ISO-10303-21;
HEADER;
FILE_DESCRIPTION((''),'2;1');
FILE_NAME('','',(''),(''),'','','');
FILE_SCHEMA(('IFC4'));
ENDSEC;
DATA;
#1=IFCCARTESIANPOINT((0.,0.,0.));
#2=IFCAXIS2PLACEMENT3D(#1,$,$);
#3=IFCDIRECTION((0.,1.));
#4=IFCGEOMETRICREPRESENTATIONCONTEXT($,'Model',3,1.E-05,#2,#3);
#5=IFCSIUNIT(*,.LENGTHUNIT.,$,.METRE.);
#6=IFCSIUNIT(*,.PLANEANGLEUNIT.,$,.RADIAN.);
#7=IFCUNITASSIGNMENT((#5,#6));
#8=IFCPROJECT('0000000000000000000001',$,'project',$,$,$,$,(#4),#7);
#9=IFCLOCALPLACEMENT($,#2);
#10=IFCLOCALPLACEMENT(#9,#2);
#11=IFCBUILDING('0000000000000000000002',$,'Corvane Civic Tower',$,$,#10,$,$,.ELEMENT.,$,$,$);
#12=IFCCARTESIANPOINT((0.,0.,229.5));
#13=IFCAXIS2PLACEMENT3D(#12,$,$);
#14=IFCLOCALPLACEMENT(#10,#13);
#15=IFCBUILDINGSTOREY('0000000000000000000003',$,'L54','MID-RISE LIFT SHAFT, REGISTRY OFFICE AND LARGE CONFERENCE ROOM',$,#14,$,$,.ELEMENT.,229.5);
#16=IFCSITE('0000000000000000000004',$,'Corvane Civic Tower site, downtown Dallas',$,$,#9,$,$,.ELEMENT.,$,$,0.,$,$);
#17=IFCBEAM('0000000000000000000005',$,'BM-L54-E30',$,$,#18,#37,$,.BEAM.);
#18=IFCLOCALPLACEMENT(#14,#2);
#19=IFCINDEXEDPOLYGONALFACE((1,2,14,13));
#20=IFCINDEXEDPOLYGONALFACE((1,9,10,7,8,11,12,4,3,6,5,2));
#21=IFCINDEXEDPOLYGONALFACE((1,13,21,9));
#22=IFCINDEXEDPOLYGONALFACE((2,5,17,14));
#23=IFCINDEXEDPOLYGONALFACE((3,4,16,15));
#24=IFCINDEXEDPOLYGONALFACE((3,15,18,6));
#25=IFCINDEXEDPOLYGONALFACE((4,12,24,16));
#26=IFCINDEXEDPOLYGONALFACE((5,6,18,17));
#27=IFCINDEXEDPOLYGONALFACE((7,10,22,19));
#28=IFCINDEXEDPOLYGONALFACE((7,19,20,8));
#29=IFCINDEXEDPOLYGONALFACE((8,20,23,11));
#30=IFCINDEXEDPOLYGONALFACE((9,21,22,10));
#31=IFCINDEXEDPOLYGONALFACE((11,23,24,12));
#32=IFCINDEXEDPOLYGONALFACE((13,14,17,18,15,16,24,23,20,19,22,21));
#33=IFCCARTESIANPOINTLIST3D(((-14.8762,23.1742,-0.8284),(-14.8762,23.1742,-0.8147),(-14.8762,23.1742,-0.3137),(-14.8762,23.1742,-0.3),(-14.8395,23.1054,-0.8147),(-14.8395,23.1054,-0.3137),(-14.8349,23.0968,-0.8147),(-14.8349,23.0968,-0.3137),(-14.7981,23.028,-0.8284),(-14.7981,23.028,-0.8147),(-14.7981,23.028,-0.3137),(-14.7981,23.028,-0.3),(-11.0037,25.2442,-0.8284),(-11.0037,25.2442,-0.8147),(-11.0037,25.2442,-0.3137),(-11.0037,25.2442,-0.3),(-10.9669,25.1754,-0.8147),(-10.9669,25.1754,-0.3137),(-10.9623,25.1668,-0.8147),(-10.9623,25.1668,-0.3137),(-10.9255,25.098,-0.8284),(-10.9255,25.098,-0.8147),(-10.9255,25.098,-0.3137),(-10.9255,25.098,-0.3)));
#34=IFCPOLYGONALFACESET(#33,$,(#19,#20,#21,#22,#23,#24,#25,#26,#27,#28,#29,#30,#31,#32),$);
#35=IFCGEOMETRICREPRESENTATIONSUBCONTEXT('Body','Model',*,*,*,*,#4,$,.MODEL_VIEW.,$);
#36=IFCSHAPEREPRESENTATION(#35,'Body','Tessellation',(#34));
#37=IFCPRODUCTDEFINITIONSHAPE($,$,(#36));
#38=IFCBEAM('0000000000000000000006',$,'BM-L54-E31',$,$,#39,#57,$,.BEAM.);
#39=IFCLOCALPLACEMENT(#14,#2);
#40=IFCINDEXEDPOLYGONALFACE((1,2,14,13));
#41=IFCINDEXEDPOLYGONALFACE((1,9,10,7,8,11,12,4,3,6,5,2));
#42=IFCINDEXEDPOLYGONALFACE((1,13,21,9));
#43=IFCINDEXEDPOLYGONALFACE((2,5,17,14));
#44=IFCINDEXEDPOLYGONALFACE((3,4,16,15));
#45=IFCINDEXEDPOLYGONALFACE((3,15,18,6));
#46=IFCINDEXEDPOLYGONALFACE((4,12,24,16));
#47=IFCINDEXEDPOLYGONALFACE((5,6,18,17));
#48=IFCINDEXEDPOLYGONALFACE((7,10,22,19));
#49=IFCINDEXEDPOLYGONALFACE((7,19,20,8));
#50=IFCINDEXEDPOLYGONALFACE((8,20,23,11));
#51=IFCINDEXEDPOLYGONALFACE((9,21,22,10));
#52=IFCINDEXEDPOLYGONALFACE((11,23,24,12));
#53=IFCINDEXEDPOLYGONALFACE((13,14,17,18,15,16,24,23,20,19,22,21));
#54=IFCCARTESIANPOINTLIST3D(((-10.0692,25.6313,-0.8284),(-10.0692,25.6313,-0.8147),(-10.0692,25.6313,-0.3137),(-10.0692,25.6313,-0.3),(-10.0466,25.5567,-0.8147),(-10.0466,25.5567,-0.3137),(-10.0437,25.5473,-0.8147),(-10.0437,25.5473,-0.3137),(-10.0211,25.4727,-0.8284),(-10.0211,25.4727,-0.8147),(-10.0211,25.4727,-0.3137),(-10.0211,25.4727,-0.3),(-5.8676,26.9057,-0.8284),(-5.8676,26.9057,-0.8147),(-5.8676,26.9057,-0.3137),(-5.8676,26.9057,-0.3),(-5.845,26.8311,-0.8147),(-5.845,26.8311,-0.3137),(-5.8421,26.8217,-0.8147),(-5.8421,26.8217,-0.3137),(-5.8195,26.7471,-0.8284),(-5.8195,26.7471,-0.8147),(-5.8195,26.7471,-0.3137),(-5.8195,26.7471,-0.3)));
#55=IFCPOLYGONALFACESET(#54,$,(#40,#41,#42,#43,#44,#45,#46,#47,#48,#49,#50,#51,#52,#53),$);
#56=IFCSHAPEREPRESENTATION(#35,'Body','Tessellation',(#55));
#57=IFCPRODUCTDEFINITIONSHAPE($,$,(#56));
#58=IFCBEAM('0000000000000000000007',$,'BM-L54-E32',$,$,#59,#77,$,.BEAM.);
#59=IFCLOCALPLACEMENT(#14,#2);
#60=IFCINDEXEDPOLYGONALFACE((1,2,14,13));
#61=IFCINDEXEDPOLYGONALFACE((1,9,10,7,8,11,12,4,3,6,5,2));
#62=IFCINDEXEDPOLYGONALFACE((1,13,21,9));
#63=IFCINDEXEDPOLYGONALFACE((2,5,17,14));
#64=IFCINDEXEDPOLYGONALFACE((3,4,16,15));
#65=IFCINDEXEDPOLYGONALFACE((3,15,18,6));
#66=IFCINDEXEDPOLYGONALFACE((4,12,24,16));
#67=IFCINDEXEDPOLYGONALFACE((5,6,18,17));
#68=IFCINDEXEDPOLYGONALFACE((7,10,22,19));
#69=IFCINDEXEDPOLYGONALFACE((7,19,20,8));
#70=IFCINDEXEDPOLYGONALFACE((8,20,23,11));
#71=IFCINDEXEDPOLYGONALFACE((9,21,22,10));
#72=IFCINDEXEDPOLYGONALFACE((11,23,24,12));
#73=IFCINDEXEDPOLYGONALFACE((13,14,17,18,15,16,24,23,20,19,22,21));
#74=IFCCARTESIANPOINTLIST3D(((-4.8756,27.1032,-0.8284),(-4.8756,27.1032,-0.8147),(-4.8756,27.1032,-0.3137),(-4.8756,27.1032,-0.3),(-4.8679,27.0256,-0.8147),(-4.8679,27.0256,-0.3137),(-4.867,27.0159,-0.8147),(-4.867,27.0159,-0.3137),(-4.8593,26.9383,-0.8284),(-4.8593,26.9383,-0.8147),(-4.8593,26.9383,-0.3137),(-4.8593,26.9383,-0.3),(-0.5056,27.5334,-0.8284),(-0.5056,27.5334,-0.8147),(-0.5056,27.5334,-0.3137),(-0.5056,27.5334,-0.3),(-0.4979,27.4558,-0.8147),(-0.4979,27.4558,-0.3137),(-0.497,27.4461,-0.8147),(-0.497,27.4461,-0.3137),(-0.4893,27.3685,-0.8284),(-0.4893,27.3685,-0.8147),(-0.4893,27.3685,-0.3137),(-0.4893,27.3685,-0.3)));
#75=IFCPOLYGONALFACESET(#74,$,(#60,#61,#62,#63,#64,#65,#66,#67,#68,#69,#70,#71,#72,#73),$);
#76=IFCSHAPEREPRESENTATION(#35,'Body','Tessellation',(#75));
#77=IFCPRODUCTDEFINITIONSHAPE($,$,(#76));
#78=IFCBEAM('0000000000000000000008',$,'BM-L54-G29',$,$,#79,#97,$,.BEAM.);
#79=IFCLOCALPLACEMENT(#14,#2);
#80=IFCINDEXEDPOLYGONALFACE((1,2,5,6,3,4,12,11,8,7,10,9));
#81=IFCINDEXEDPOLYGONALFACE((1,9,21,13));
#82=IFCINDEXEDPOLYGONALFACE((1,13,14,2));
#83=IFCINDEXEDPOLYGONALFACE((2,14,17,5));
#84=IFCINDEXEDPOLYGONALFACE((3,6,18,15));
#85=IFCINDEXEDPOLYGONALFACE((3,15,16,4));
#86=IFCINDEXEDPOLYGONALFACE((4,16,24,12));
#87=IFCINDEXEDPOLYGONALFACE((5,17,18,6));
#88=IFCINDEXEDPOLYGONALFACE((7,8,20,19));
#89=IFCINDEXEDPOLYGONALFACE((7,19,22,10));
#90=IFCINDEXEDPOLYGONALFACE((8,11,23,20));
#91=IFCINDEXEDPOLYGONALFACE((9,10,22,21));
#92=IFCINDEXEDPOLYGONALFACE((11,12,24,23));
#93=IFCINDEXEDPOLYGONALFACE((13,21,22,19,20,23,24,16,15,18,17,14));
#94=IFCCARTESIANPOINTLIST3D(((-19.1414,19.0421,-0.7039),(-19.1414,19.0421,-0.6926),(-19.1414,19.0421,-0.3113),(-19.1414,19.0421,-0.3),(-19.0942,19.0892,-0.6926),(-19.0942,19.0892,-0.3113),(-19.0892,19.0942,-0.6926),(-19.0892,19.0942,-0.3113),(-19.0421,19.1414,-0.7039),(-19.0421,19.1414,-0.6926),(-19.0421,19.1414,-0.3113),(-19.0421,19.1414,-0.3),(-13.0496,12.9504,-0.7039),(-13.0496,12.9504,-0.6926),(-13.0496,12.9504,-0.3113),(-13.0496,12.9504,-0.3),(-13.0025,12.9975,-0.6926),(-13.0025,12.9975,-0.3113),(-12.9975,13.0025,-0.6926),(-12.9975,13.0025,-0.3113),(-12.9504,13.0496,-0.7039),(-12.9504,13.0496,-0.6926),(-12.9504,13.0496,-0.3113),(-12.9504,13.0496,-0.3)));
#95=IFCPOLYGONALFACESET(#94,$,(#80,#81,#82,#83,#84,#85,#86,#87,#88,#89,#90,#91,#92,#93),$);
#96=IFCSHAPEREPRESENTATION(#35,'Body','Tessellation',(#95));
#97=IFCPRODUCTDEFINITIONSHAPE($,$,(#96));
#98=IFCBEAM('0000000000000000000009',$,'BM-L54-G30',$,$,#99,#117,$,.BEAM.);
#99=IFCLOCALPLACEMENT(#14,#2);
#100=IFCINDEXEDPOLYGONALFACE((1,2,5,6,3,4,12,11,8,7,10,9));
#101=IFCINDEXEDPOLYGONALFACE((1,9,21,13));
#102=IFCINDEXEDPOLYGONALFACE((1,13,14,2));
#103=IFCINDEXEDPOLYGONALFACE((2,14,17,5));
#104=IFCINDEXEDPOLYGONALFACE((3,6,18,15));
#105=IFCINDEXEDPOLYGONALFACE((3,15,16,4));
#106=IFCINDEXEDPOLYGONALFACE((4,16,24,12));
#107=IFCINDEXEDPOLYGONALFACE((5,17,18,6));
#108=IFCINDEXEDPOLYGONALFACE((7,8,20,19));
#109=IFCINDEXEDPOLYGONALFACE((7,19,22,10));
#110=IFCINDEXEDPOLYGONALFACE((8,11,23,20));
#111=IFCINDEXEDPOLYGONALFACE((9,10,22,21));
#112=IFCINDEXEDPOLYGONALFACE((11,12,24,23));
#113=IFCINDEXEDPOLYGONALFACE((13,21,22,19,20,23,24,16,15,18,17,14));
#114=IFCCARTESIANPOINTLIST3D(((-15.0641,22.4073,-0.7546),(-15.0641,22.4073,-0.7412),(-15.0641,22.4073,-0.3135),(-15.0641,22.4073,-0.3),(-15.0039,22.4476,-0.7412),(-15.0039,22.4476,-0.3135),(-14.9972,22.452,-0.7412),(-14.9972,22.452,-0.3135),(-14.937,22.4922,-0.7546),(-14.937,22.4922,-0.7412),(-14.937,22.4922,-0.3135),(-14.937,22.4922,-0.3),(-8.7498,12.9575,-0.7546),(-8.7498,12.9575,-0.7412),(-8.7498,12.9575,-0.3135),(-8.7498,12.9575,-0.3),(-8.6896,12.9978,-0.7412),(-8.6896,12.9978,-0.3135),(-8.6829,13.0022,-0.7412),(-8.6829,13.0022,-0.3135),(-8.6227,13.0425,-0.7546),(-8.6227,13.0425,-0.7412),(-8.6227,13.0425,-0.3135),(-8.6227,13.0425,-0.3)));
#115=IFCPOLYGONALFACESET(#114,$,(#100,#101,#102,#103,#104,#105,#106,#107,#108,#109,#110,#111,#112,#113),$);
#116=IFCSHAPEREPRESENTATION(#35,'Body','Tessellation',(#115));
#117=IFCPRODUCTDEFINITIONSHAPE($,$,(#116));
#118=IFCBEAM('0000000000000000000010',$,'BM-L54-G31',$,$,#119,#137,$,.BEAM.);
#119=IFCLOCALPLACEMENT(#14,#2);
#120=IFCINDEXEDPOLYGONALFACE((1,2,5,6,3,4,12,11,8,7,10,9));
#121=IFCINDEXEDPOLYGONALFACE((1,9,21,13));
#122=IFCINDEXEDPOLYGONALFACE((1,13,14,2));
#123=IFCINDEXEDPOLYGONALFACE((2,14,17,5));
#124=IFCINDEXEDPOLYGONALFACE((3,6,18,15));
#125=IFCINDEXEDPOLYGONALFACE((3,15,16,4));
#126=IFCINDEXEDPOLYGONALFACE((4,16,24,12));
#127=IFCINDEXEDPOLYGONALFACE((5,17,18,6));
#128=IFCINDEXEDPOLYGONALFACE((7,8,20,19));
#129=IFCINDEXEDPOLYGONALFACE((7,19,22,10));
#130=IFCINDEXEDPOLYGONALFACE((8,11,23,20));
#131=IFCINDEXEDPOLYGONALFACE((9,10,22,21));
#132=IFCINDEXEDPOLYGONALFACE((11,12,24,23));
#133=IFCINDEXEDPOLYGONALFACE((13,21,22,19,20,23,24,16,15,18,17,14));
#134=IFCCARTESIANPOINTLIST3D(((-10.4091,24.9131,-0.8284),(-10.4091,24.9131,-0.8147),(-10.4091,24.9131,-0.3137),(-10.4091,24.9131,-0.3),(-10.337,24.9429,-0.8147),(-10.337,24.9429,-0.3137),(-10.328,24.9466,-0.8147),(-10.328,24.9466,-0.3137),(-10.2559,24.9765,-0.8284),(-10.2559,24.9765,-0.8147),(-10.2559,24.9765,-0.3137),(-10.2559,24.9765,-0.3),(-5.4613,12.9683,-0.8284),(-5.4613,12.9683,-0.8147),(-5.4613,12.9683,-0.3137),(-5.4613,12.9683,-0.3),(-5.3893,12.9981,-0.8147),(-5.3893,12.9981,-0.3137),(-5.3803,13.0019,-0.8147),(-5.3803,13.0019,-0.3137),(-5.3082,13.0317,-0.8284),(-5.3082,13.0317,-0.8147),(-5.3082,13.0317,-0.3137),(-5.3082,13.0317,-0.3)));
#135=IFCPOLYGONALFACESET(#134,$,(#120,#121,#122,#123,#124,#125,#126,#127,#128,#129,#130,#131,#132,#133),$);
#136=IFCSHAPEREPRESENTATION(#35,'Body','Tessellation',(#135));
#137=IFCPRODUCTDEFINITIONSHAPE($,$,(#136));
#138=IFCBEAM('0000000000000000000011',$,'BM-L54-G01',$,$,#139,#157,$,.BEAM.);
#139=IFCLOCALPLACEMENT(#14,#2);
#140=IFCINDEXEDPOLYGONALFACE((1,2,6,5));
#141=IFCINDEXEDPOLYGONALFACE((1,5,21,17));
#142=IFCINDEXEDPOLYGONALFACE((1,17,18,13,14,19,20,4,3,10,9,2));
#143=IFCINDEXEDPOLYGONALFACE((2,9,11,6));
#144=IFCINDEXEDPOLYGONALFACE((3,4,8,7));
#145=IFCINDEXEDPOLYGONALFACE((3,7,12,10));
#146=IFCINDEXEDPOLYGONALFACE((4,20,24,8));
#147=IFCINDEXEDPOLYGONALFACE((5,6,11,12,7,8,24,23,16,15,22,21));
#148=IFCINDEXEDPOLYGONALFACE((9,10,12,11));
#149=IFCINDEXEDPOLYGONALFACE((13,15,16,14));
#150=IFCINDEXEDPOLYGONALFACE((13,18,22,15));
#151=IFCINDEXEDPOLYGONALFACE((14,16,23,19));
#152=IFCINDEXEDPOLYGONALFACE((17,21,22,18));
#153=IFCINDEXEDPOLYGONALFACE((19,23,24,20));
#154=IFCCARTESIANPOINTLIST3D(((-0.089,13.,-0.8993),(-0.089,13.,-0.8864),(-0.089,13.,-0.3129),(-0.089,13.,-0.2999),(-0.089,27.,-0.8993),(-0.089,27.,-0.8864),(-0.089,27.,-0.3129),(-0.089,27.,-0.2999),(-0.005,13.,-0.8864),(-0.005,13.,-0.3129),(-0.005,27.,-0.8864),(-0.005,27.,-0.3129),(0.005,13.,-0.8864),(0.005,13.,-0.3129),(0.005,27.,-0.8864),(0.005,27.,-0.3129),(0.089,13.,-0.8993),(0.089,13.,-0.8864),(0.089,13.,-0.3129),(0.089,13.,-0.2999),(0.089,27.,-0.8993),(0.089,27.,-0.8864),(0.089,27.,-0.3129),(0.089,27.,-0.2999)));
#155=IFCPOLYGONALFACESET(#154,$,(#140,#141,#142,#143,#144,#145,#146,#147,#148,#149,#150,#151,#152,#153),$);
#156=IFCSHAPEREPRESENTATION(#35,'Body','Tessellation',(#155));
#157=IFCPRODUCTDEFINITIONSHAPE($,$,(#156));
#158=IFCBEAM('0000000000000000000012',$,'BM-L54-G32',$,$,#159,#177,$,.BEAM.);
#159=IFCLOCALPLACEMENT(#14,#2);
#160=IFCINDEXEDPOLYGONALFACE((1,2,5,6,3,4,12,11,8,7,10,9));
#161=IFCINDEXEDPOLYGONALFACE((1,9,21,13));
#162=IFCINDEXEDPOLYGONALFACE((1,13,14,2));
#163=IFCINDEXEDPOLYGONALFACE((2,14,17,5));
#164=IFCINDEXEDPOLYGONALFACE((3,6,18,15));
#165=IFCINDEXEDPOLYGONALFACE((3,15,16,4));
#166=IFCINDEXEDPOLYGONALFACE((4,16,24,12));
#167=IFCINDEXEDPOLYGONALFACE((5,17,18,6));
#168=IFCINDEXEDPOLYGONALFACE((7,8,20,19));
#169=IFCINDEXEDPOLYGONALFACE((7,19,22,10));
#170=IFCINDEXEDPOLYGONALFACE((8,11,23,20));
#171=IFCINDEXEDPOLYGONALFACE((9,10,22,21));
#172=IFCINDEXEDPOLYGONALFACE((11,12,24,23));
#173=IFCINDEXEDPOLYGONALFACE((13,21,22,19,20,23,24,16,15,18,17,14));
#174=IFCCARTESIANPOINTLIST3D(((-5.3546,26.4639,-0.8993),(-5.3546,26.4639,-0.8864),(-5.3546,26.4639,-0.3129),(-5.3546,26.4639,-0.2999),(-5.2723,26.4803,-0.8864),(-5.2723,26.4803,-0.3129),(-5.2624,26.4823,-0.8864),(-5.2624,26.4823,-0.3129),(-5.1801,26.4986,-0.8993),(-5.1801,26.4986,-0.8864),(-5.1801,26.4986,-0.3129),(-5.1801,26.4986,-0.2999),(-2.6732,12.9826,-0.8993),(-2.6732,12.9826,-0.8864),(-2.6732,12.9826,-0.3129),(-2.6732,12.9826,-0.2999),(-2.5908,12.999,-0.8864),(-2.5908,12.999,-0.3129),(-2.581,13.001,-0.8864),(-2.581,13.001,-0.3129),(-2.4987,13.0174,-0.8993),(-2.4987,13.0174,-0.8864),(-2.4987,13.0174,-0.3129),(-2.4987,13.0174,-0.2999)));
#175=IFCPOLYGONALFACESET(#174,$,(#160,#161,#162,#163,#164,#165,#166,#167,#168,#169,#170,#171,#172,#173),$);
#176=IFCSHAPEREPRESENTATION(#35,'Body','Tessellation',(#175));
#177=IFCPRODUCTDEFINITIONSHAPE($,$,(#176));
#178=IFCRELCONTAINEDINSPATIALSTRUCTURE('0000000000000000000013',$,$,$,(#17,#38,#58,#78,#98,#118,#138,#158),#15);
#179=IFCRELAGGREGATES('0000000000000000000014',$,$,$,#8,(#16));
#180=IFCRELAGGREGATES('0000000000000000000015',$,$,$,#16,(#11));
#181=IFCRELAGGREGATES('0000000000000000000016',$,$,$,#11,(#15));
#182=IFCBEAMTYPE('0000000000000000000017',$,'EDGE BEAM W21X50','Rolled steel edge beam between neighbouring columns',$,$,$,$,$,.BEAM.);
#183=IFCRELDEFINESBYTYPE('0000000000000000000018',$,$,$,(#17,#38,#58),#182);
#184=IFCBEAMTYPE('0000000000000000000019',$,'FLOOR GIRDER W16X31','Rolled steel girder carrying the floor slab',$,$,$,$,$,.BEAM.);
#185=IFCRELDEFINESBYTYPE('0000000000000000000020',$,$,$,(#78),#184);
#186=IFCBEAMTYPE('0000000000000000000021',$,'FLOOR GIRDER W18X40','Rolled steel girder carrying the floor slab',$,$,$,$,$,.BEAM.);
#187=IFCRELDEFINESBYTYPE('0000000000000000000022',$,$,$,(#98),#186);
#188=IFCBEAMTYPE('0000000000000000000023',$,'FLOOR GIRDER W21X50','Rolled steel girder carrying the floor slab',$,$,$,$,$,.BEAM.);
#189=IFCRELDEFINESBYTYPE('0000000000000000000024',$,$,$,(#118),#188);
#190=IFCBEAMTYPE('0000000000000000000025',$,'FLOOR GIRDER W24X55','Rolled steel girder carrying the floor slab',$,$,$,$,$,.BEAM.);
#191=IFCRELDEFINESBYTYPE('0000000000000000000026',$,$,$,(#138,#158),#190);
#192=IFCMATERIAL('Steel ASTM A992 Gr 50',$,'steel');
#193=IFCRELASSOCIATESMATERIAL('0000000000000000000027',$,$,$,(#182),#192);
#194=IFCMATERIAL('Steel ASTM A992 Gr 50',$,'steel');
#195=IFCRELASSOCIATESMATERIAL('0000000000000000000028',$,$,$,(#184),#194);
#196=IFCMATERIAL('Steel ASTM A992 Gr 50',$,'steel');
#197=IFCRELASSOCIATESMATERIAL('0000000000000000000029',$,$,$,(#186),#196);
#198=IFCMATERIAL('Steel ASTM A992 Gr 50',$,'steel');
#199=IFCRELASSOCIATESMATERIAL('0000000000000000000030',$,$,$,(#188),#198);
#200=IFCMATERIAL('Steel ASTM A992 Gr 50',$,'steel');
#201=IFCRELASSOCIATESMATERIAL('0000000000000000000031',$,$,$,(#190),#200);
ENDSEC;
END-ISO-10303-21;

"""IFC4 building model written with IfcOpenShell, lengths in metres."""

from ifc_helpers import new_model, si_unit, direction, frame, origin, origin_2d, place, context, subcontext, project, spatial, i_section, extrude, material, material_profile, profile_set, type_object, element, save


model = new_model("IFC4")

# Units and contexts
model_context = context("Model", 3, precision=1e-05, world=origin(), true_north=direction((0.0, 1.0)))
body_context = subcontext(model_context, "Body", "Model", "MODEL_VIEW")
ifc_project = project(units=[si_unit("LENGTHUNIT", "METRE"), si_unit("PLANEANGLEUNIT", "RADIAN")], contexts=[model_context])

# Site, building, storey
site_placement = place(None, origin())
site = spatial("IfcSite", under=ifc_project, at=site_placement, Name="Corvane Civic Tower site, downtown Dallas", CompositionType="ELEMENT", RefElevation=0.0)
building_placement = place(site_placement, origin())
building = spatial("IfcBuilding", under=site, at=building_placement, Name="Corvane Civic Tower", CompositionType="ELEMENT")
storey_placement = place(building_placement, frame((0.0, 0.0, 229.5)))
storey = spatial("IfcBuildingStorey", under=building, at=storey_placement, Name="L54", Description="MID-RISE LIFT SHAFT, REGISTRY OFFICE AND LARGE CONFERENCE ROOM", CompositionType="ELEMENT", Elevation=229.5)

# Beams
ifc_material_1 = material(Name="Steel ASTM A992 Gr 50", Category="steel")
ifc_material_profile_1 = material_profile(ifc_material_1, i_section(OverallWidth=0.1658, OverallDepth=0.5283, WebThickness=0.0098, FlangeThickness=0.0137, at=origin_2d()), Name="W21X50")
ifc_profile_set_1 = profile_set([ifc_material_profile_1], Name="Steel ASTM A992 Gr 50")
beam_type_1 = type_object("IfcBeamType", Name="EDGE BEAM W21X50", Description="Rolled steel edge beam between neighbouring columns", PredefinedType="BEAM", material=ifc_profile_set_1)
for number, where, z_axis, x_axis, name in (
    (1, (-14.8372, 23.1011, -0.5642), (0.881908, 0.471422, 0.0), (-0.471422, 0.881908, 0.0), "BM-L54-E30"),
):
    element("IfcBeam", number, at=place(storey_placement, frame(where, z_axis=z_axis, x_axis=x_axis)), inside=storey, type_object=beam_type_1, Name=name, PredefinedType="BEAM", context=body_context, shape_type="SweptSolid", body=[
        extrude(i_section(OverallWidth=0.1658, OverallDepth=0.5283, WebThickness=0.0098, FlangeThickness=0.0137, at=origin_2d()), origin(), (0.0, 0.0, 1.0), 4.3911),
    ])
beam_1_placement = place(storey_placement, frame((-10.0452, 25.552, -0.5642), z_axis=(0.95695, 0.290254, 0.0), x_axis=(-0.290254, 0.95695, 0.0)))
element("IfcBeam", 2, at=beam_1_placement, inside=storey, type_object=beam_type_1, Name="BM-L54-E31", PredefinedType="BEAM", context=body_context, shape_type="SweptSolid", body=[
    extrude(i_section(OverallWidth=0.1658, OverallDepth=0.5283, WebThickness=0.0098, FlangeThickness=0.0137, at=origin_2d()), origin(), (0.0, 0.0, 1.0), 4.3906),
])
beam_2_placement = place(storey_placement, frame((-4.8674, 27.0208, -0.5642), z_axis=(0.99519, 0.097968, 0.0), x_axis=(-0.097968, 0.99519, 0.0)))
element("IfcBeam", 3, at=beam_2_placement, inside=storey, type_object=beam_type_1, Name="BM-L54-E32", PredefinedType="BEAM", context=body_context, shape_type="SweptSolid", body=[
    extrude(i_section(OverallWidth=0.1658, OverallDepth=0.5283, WebThickness=0.0098, FlangeThickness=0.0137, at=origin_2d()), origin(), (0.0, 0.0, 1.0), 4.3911),
])
ifc_material_2 = material(Name="Steel ASTM A992 Gr 50", Category="steel")
ifc_material_profile_2 = material_profile(ifc_material_2, i_section(OverallWidth=0.1404, OverallDepth=0.4038, WebThickness=0.0071, FlangeThickness=0.0112, at=origin_2d()), Name="W16X31")
ifc_profile_set_2 = profile_set([ifc_material_profile_2], Name="Steel ASTM A992 Gr 50")
beam_type_2 = type_object("IfcBeamType", Name="FLOOR GIRDER W16X31", Description="Rolled steel girder carrying the floor slab", PredefinedType="BEAM", material=ifc_profile_set_2)
beam_3_placement = place(storey_placement, frame((-13.0, 13.0, -0.502), z_axis=(-0.707107, 0.707107, 0.0), x_axis=(-0.707107, -0.707107, 0.0)))
element("IfcBeam", 4, at=beam_3_placement, inside=storey, type_object=beam_type_2, Name="BM-L54-G29", PredefinedType="BEAM", context=body_context, shape_type="SweptSolid", body=[
    extrude(i_section(OverallWidth=0.1404, OverallDepth=0.4038, WebThickness=0.0071, FlangeThickness=0.0112, at=origin_2d()), origin(), (0.0, 0.0, 1.0), 8.615),
])
ifc_material_3 = material(Name="Steel ASTM A992 Gr 50", Category="steel")
ifc_material_profile_3 = material_profile(ifc_material_3, i_section(OverallWidth=0.1528, OverallDepth=0.4546, WebThickness=0.0081, FlangeThickness=0.0134, at=origin_2d()), Name="W18X40")
ifc_profile_set_3 = profile_set([ifc_material_profile_3], Name="Steel ASTM A992 Gr 50")
beam_type_3 = type_object("IfcBeamType", Name="FLOOR GIRDER W18X40", Description="Rolled steel girder carrying the floor slab", PredefinedType="BEAM", material=ifc_profile_set_3)
beam_4_placement = place(storey_placement, frame((-8.6863, 13.0, -0.5273), z_axis=(-0.555577, 0.831465, 0.0), x_axis=(-0.831465, -0.555577, 0.0)))
element("IfcBeam", 5, at=beam_4_placement, inside=storey, type_object=beam_type_3, Name="BM-L54-G30", PredefinedType="BEAM", context=body_context, shape_type="SweptSolid", body=[
    extrude(i_section(OverallWidth=0.1528, OverallDepth=0.4546, WebThickness=0.0081, FlangeThickness=0.0134, at=origin_2d()), origin(), (0.0, 0.0, 1.0), 11.3652),
])
ifc_material_4 = material(Name="Steel ASTM A992 Gr 50", Category="steel")
ifc_material_profile_4 = material_profile(ifc_material_4, i_section(OverallWidth=0.1658, OverallDepth=0.5283, WebThickness=0.0098, FlangeThickness=0.0137, at=origin_2d()), Name="W21X50")
ifc_profile_set_4 = profile_set([ifc_material_profile_4], Name="Steel ASTM A992 Gr 50")
beam_type_4 = type_object("IfcBeamType", Name="FLOOR GIRDER W21X50", Description="Rolled steel girder carrying the floor slab", PredefinedType="BEAM", material=ifc_profile_set_4)
beam_5_placement = place(storey_placement, frame((-5.3848, 13.0, -0.5642), z_axis=(-0.382686, 0.923878, 0.0), x_axis=(-0.923878, -0.382686, 0.0)))
element("IfcBeam", 6, at=beam_5_placement, inside=storey, type_object=beam_type_4, Name="BM-L54-G31", PredefinedType="BEAM", context=body_context, shape_type="SweptSolid", body=[
    extrude(i_section(OverallWidth=0.1658, OverallDepth=0.5283, WebThickness=0.0098, FlangeThickness=0.0137, at=origin_2d()), origin(), (0.0, 0.0, 1.0), 12.929),
])
ifc_material_5 = material(Name="Steel ASTM A992 Gr 50", Category="steel")
ifc_material_profile_5 = material_profile(ifc_material_5, i_section(OverallWidth=0.178, OverallDepth=0.5994, WebThickness=0.01, FlangeThickness=0.0129, at=origin_2d()), Name="W24X55")
ifc_profile_set_5 = profile_set([ifc_material_profile_5], Name="Steel ASTM A992 Gr 50")
beam_type_5 = type_object("IfcBeamType", Name="FLOOR GIRDER W24X55", Description="Rolled steel girder carrying the floor slab", PredefinedType="BEAM", material=ifc_profile_set_5)
beam_6_placement = place(storey_placement, frame((0.0, 13.0, -0.5996), z_axis=(0.0, 1.0, 0.0), x_axis=(-1.0, 0.0, 0.0)))
element("IfcBeam", 7, at=beam_6_placement, inside=storey, type_object=beam_type_5, Name="BM-L54-G01", PredefinedType="BEAM", context=body_context, shape_type="SweptSolid", body=[
    extrude(i_section(OverallWidth=0.178, OverallDepth=0.5994, WebThickness=0.01, FlangeThickness=0.0129, at=origin_2d()), origin(), (0.0, 0.0, 1.0), 14.0),
])
beam_7_placement = place(storey_placement, frame((-2.5859, 13.0, -0.5996), z_axis=(-0.195078, 0.980788, 0.0), x_axis=(-0.980788, -0.195078, 0.0)))
element("IfcBeam", 8, at=beam_7_placement, inside=storey, type_object=beam_type_5, Name="BM-L54-G32", PredefinedType="BEAM", context=body_context, shape_type="SweptSolid", body=[
    extrude(i_section(OverallWidth=0.178, OverallDepth=0.5994, WebThickness=0.01, FlangeThickness=0.0129, at=origin_2d()), origin(), (0.0, 0.0, 1.0), 13.7454),
])

save(model, "model.ifc")
